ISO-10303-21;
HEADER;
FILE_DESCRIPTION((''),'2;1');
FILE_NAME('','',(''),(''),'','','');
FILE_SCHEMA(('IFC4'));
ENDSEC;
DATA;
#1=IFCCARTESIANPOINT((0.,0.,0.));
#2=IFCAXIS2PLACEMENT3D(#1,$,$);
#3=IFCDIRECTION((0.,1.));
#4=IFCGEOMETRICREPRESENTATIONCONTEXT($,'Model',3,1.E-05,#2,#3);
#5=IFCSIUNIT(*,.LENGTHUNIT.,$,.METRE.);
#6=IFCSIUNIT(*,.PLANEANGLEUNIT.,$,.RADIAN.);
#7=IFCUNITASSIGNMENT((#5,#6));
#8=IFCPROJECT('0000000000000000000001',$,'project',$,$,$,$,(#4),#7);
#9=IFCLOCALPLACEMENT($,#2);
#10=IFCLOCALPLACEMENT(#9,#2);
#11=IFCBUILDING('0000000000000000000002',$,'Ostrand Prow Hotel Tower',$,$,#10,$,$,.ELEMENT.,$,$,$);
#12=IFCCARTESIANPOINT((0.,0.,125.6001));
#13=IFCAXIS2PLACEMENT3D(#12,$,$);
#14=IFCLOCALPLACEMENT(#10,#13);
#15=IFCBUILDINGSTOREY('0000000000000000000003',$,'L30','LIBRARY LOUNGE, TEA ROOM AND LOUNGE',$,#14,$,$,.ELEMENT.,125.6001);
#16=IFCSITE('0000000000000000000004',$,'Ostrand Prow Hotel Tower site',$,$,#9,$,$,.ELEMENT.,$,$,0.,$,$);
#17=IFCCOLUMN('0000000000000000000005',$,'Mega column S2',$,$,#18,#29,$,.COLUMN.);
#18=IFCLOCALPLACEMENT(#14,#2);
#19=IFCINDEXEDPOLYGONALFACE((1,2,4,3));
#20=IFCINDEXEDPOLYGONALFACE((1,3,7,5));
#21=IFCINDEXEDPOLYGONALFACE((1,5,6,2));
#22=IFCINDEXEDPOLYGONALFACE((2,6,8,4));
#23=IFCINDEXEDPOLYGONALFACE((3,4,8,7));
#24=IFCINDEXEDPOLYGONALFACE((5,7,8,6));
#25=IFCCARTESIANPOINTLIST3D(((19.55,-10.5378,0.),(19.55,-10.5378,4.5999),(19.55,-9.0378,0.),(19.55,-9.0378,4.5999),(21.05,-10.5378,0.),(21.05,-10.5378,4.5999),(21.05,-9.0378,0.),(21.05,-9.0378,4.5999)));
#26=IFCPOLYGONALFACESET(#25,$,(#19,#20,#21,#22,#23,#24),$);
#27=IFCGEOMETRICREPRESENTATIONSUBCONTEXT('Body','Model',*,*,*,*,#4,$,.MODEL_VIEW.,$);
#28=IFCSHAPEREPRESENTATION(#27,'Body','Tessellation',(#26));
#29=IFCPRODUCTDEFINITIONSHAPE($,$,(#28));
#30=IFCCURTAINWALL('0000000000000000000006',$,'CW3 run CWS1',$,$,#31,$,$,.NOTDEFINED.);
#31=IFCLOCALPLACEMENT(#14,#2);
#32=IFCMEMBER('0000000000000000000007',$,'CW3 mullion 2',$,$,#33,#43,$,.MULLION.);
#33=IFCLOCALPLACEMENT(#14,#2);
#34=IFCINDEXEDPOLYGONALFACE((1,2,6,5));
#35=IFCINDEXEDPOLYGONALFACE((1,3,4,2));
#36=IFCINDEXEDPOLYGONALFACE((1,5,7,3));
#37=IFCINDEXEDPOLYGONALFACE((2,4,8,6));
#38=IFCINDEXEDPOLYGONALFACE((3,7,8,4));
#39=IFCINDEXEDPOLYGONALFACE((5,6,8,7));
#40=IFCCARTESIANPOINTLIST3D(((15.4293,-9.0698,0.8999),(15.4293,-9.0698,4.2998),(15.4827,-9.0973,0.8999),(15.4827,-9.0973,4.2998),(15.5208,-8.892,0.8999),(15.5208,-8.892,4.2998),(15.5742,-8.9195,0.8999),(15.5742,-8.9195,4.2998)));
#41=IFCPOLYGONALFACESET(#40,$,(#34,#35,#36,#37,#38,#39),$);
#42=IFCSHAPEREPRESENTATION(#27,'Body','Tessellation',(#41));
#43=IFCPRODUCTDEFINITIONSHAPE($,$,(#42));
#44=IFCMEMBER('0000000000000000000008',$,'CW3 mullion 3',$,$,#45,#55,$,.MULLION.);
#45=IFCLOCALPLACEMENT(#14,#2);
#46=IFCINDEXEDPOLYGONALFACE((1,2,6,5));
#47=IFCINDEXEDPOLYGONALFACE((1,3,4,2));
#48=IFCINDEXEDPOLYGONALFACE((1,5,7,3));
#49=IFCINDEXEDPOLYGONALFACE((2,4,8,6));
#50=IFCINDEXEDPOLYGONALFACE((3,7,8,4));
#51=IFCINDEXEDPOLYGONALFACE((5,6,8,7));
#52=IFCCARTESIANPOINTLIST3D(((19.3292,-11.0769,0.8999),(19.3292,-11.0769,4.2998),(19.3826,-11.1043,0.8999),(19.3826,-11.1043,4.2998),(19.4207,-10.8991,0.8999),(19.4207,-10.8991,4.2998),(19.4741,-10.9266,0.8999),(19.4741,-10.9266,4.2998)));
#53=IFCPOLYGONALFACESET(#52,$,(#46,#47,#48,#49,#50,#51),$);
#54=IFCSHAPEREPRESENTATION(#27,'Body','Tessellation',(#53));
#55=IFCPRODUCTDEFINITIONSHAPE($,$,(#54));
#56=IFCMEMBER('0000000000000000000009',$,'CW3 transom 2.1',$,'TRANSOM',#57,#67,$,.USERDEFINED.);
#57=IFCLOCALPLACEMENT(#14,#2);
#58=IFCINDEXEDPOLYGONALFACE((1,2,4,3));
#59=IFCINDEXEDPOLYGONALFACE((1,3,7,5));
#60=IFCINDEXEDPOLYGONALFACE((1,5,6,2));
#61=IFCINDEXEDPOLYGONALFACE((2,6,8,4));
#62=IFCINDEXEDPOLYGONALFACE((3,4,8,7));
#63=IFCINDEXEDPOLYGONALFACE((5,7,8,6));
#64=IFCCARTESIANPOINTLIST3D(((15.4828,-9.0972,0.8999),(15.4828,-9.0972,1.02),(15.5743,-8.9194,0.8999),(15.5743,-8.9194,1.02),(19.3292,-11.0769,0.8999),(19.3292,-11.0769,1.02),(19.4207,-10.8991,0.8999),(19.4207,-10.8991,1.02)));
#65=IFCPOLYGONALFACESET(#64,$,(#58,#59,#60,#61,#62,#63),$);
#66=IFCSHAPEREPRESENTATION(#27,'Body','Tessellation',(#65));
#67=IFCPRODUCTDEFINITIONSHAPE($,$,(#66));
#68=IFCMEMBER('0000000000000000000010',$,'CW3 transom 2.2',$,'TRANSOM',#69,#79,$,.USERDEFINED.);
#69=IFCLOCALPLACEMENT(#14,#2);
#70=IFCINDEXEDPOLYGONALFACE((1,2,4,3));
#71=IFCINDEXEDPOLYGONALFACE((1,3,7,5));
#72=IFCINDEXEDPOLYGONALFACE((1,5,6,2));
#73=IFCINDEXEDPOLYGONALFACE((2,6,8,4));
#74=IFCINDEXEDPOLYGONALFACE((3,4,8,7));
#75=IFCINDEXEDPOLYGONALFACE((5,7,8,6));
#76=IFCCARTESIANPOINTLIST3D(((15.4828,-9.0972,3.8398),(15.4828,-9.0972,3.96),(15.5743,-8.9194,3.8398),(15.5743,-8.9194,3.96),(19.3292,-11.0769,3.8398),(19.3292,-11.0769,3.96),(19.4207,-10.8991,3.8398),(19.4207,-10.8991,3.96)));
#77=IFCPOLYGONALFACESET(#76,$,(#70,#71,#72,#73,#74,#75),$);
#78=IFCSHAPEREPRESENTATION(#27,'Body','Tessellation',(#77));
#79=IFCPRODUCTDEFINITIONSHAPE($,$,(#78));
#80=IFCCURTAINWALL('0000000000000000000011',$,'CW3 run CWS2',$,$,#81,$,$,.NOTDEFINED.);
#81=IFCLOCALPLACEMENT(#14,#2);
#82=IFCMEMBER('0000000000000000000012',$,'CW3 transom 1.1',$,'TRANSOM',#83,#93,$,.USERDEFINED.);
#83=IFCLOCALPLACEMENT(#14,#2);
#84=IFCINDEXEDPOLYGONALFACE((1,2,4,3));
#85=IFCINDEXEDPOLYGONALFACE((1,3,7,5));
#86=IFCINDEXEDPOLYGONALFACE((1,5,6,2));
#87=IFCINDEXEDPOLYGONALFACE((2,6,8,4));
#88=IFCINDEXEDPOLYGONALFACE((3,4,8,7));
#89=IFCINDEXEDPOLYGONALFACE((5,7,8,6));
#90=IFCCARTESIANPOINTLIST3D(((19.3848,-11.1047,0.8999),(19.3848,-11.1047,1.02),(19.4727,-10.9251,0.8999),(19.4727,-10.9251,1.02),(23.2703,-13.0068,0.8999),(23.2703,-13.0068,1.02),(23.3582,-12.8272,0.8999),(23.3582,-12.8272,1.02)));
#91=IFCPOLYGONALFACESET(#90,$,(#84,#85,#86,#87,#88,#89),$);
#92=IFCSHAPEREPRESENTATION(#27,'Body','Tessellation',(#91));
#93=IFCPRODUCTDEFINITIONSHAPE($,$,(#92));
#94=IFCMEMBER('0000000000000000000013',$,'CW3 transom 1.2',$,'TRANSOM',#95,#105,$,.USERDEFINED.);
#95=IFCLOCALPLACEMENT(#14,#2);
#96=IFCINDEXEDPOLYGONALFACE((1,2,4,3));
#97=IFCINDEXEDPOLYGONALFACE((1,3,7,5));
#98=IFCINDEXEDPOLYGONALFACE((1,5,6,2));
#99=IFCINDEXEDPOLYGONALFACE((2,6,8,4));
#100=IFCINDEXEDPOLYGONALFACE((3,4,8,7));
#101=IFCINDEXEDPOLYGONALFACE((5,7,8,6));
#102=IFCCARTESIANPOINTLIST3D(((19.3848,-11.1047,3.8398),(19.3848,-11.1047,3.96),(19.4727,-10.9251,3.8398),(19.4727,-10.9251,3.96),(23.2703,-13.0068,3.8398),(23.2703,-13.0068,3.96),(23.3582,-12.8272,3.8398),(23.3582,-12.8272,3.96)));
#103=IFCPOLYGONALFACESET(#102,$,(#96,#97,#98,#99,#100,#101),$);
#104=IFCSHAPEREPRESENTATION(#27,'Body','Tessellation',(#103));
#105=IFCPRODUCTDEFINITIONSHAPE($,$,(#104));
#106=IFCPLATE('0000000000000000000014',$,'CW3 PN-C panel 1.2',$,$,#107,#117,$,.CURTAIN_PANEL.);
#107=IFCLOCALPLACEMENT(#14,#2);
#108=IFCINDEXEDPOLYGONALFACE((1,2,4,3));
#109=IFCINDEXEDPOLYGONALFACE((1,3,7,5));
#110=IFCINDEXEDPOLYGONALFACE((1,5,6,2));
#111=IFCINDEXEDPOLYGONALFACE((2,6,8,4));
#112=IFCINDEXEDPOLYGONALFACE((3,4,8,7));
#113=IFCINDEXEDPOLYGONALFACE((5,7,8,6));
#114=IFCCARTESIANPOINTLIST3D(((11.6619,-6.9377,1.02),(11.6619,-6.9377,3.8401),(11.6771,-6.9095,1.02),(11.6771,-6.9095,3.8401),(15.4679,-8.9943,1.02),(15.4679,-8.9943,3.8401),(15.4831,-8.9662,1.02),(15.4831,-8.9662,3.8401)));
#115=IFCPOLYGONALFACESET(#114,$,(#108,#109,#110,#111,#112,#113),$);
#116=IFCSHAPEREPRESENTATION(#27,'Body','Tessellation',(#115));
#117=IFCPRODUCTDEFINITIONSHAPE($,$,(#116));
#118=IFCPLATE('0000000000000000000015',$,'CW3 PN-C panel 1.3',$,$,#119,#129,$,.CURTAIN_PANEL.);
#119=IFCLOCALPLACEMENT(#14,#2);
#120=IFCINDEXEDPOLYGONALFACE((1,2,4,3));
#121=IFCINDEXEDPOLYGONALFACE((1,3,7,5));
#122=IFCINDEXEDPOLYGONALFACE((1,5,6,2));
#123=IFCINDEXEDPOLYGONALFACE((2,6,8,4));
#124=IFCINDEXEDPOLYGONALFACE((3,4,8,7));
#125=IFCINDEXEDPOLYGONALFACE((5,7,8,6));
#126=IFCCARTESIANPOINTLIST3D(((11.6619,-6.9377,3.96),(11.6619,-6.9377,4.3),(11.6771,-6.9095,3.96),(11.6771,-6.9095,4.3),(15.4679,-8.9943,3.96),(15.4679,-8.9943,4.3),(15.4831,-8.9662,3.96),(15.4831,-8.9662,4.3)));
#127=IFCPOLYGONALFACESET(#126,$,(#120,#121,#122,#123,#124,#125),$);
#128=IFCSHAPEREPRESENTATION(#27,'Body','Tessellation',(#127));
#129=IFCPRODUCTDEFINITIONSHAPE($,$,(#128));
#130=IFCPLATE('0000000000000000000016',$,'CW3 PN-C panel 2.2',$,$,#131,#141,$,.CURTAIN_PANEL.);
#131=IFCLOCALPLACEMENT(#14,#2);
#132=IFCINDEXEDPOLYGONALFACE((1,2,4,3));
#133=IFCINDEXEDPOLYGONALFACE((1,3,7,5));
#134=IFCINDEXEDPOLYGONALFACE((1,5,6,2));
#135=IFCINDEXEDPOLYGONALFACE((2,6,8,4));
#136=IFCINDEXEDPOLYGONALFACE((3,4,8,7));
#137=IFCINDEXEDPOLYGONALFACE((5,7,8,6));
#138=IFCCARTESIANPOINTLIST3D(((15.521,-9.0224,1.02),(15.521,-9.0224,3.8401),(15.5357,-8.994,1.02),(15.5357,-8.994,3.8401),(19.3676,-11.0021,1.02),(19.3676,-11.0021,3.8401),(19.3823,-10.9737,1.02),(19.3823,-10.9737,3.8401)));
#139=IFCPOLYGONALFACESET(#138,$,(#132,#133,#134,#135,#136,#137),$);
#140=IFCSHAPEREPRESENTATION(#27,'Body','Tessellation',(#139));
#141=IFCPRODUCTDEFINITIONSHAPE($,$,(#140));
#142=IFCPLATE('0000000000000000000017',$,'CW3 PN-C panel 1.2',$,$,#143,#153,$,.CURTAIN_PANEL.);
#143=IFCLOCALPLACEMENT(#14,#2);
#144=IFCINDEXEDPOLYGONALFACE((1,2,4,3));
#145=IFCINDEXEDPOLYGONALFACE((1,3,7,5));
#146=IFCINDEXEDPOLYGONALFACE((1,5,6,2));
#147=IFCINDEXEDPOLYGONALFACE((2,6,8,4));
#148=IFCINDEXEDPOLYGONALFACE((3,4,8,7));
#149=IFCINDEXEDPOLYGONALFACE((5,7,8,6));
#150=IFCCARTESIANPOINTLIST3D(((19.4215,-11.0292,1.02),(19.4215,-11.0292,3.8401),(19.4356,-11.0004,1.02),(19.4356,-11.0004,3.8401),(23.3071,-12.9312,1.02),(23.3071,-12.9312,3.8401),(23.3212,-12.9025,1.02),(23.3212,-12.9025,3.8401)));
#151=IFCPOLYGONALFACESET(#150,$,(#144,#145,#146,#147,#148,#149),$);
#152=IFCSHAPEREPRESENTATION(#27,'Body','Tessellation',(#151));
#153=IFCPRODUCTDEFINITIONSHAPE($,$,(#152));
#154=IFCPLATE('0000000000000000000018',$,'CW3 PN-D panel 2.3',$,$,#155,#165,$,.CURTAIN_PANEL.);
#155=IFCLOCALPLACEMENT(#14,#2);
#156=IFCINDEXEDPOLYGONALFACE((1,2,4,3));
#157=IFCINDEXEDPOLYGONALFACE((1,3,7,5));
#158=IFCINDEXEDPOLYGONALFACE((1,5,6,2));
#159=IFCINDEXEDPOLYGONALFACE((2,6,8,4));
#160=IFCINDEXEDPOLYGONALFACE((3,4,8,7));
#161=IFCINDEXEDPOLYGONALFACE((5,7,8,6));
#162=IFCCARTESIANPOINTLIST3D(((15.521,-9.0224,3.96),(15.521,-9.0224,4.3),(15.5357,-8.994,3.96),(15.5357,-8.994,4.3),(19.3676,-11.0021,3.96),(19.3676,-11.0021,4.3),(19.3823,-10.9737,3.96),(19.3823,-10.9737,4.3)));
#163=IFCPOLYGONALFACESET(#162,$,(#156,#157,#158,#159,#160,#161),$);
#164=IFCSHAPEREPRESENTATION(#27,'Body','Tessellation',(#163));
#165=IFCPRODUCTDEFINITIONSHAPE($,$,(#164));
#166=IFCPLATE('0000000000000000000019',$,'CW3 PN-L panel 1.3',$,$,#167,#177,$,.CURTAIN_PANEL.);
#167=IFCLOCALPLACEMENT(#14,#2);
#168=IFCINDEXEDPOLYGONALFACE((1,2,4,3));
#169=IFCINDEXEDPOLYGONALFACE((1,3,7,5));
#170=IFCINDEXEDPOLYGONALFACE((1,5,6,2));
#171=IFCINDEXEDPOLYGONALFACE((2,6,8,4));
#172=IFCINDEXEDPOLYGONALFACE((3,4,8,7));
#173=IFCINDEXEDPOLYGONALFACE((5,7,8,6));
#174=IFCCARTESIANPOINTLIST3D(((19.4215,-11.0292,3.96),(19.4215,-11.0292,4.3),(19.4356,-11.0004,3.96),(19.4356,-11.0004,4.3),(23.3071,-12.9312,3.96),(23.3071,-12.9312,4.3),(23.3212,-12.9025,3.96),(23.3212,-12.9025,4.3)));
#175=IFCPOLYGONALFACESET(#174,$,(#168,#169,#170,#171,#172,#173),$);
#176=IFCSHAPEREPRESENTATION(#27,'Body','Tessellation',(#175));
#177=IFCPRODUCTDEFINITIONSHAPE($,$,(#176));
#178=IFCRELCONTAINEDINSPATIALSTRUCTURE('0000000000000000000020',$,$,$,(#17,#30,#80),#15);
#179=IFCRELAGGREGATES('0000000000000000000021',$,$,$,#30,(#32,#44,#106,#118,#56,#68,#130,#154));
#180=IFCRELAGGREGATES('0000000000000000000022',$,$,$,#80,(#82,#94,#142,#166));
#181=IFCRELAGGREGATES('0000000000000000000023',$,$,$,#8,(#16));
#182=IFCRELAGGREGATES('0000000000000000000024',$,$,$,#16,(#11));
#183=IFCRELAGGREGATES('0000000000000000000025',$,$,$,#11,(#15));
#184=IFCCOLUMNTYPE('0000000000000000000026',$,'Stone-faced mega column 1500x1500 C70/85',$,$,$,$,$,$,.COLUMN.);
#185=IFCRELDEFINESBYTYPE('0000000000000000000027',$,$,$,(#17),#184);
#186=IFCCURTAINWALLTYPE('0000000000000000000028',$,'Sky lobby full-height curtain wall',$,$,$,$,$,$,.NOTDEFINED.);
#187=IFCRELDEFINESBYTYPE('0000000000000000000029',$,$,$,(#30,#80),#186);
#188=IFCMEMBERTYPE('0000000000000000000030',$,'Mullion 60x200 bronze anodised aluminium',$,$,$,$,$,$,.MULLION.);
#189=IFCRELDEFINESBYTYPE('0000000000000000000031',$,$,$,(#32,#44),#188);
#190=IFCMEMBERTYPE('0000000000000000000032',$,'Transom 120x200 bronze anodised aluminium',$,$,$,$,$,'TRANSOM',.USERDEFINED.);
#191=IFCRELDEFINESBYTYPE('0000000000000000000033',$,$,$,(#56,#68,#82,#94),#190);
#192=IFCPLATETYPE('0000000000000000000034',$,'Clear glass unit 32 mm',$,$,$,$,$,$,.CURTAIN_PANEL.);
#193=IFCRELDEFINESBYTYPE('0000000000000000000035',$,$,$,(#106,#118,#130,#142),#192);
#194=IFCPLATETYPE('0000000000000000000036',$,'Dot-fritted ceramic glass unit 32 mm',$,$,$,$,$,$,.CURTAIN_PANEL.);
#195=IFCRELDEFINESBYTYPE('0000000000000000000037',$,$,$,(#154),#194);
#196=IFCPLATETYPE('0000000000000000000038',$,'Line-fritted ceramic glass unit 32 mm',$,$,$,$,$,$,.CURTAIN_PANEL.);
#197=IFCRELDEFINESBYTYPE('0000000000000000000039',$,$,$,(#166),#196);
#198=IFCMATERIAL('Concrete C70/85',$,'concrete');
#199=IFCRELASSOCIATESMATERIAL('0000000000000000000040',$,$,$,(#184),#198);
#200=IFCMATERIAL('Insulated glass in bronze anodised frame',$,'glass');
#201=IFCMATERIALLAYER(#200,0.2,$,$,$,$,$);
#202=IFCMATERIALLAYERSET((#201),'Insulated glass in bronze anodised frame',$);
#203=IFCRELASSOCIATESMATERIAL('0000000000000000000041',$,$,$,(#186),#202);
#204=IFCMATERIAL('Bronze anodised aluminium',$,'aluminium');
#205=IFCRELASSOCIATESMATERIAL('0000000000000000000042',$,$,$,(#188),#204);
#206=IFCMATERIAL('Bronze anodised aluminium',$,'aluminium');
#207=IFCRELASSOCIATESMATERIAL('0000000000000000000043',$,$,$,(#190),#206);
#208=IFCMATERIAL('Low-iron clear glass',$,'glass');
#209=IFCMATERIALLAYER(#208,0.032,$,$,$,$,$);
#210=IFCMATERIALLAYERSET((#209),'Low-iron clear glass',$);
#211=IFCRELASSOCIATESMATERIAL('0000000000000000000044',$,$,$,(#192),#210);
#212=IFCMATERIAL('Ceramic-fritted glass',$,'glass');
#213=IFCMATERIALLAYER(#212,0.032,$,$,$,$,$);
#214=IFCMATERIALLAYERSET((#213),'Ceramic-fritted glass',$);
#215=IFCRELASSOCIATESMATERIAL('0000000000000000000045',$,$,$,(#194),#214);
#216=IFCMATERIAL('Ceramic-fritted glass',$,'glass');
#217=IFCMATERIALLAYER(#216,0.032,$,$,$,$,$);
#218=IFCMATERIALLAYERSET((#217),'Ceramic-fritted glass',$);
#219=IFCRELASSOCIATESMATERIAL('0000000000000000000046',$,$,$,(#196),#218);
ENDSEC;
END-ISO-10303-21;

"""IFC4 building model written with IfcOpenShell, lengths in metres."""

from ifc_helpers import new_model, si_unit, direction, frame, origin, origin_2d, place, context, subcontext, project, spatial, rectangle, extrude, material, layer, layer_set, material_profile, profile_set, type_object, element, aggregate, save


model = new_model("IFC4")

# Units and contexts
model_context = context("Model", 3, precision=1e-05, world=origin(), true_north=direction((0.0, 1.0)))
body_context = subcontext(model_context, "Body", "Model", "MODEL_VIEW")
ifc_project = project(units=[si_unit("LENGTHUNIT", "METRE"), si_unit("PLANEANGLEUNIT", "RADIAN")], contexts=[model_context])

# Site, building, storey
site_placement = place(None, origin())
site = spatial("IfcSite", under=ifc_project, at=site_placement, Name="Ostrand Prow Hotel Tower site", CompositionType="ELEMENT", RefElevation=0.0)
building_placement = place(site_placement, origin())
building = spatial("IfcBuilding", under=site, at=building_placement, Name="Ostrand Prow Hotel Tower", CompositionType="ELEMENT")
storey_placement = place(building_placement, frame((0.0, 0.0, 125.6001)))
storey = spatial("IfcBuildingStorey", under=building, at=storey_placement, Name="L30", Description="LIBRARY LOUNGE, TEA ROOM AND LOUNGE", CompositionType="ELEMENT", Elevation=125.6001)

# Column
ifc_material_1 = material(Name="Concrete C70/85", Category="concrete")
ifc_material_profile_1 = material_profile(ifc_material_1, rectangle(XDim=1.5, YDim=1.5, at=origin_2d()), Name="RC 1500x1500")
ifc_profile_set_1 = profile_set([ifc_material_profile_1], Name="Concrete C70/85")
column_type = type_object("IfcColumnType", Name="Stone-faced mega column 1500x1500 C70/85", PredefinedType="COLUMN", material=ifc_profile_set_1)
column_placement = place(storey_placement, frame((20.3, -9.7878, 0.0), z_axis=(0.0, 0.0, 1.0), x_axis=(1.0, 0.0, 0.0)))
element("IfcColumn", 1, at=column_placement, inside=storey, type_object=column_type, Name="Mega column S2", PredefinedType="COLUMN", context=body_context, shape_type="SweptSolid", body=[
    extrude(rectangle(XDim=1.5, YDim=1.5, at=origin_2d()), origin(), (0.0, 0.0, 1.0), 4.5999),
])

# Curtain walls, members
ifc_material_2 = material(Name="Insulated glass in bronze anodised frame", Category="glass")
ifc_layer_1 = layer(ifc_material_2, 0.2)
ifc_layer_set_1 = layer_set([ifc_layer_1], Name="Insulated glass in bronze anodised frame")
curtain_wall_type = type_object("IfcCurtainWallType", Name="Sky lobby full-height curtain wall", PredefinedType="NOTDEFINED", material=ifc_layer_set_1)
curtain_wall_1_placement = place(storey_placement, origin())
curtain_wall_1 = element("IfcCurtainWall", 2, at=curtain_wall_1_placement, inside=storey, type_object=curtain_wall_type, Name="CW3 run CWS1", PredefinedType="NOTDEFINED")
ifc_material_3 = material(Name="Bronze anodised aluminium", Category="aluminium")
ifc_material_profile_2 = material_profile(ifc_material_3, rectangle(XDim=0.2, YDim=0.0601, at=origin_2d()), Name="Mullion 60x200 bronze anodised aluminium")
ifc_profile_set_2 = profile_set([ifc_material_profile_2], Name="Bronze anodised aluminium")
member_type_1 = type_object("IfcMemberType", Name="Mullion 60x200 bronze anodised aluminium", PredefinedType="MULLION", material=ifc_profile_set_2)
member_1_placement = place(storey_placement, frame((15.5017, -8.9946, 0.8999), z_axis=(0.0, 0.0, 1.0), x_axis=(0.457619, 0.889148, 0.0)))
member_1 = element("IfcMember", 3, at=member_1_placement, type_object=member_type_1, Name="CW3 mullion 2", PredefinedType="MULLION", context=body_context, shape_type="SweptSolid", body=[
    extrude(rectangle(XDim=0.2, YDim=0.0601, at=origin_2d()), origin(), (0.0, 0.0, 1.0), 3.3999),
])
member_2_placement = place(storey_placement, frame((19.4016, -11.0017, 0.8999), z_axis=(0.0, 0.0, 1.0), x_axis=(0.457619, 0.889148, 0.0)))
member_2 = element("IfcMember", 4, at=member_2_placement, type_object=member_type_1, Name="CW3 mullion 3", PredefinedType="MULLION", context=body_context, shape_type="SweptSolid", body=[
    extrude(rectangle(XDim=0.2, YDim=0.0601, at=origin_2d()), origin(), (0.0, 0.0, 1.0), 3.3999),
])
ifc_material_4 = material(Name="Bronze anodised aluminium", Category="aluminium")
ifc_material_profile_3 = material_profile(ifc_material_4, rectangle(XDim=0.2, YDim=0.1201, at=origin_2d()), Name="Transom 120x200 bronze anodised aluminium")
ifc_profile_set_3 = profile_set([ifc_material_profile_3], Name="Bronze anodised aluminium")
member_type_2 = type_object("IfcMemberType", Name="Transom 120x200 bronze anodised aluminium", ElementType="TRANSOM", PredefinedType="USERDEFINED", material=ifc_profile_set_3)
member_3_placement = place(storey_placement, frame((15.5286, -9.0083, 0.96), z_axis=(0.88914, -0.457635, 0.0), x_axis=(0.457635, 0.88914, 0.0)))
member_3 = element("IfcMember", 5, at=member_3_placement, type_object=member_type_2, Name="CW3 transom 2.1", ObjectType="TRANSOM", PredefinedType="USERDEFINED", context=body_context, shape_type="SweptSolid", body=[
    extrude(rectangle(XDim=0.2, YDim=0.1201, at=origin_2d()), origin(), (0.0, 0.0, 1.0), 4.3259),
])
member_4_placement = place(storey_placement, frame((15.5286, -9.0083, 3.8999), z_axis=(0.88914, -0.457635, 0.0), x_axis=(0.457635, 0.88914, 0.0)))
member_4 = element("IfcMember", 6, at=member_4_placement, type_object=member_type_2, Name="CW3 transom 2.2", ObjectType="TRANSOM", PredefinedType="USERDEFINED", context=body_context, shape_type="SweptSolid", body=[
    extrude(rectangle(XDim=0.2, YDim=0.1201, at=origin_2d()), origin(), (0.0, 0.0, 1.0), 4.3259),
])
curtain_wall_2_placement = place(storey_placement, origin())
curtain_wall_2 = element("IfcCurtainWall", 7, at=curtain_wall_2_placement, inside=storey, type_object=curtain_wall_type, Name="CW3 run CWS2", PredefinedType="NOTDEFINED")
member_5_placement = place(storey_placement, frame((19.4287, -11.0149, 0.96), z_axis=(0.898154, -0.439681, 0.0), x_axis=(0.439681, 0.898154, 0.0)))
member_5 = element("IfcMember", 8, at=member_5_placement, type_object=member_type_2, Name="CW3 transom 1.1", ObjectType="TRANSOM", PredefinedType="USERDEFINED", context=body_context, shape_type="SweptSolid", body=[
    extrude(rectangle(XDim=0.2, YDim=0.1201, at=origin_2d()), origin(), (0.0, 0.0, 1.0), 4.3262),
])
member_6_placement = place(storey_placement, frame((19.4287, -11.0149, 3.8999), z_axis=(0.898154, -0.439681, 0.0), x_axis=(0.439681, 0.898154, 0.0)))
member_6 = element("IfcMember", 9, at=member_6_placement, type_object=member_type_2, Name="CW3 transom 1.2", ObjectType="TRANSOM", PredefinedType="USERDEFINED", context=body_context, shape_type="SweptSolid", body=[
    extrude(rectangle(XDim=0.2, YDim=0.1201, at=origin_2d()), origin(), (0.0, 0.0, 1.0), 4.3262),
])

# Plates
ifc_material_5 = material(Name="Low-iron clear glass", Category="glass")
ifc_layer_2 = layer(ifc_material_5, 0.032)
ifc_layer_set_2 = layer_set([ifc_layer_2], Name="Low-iron clear glass")
plate_type_1 = type_object("IfcPlateType", Name="Clear glass unit 32 mm", PredefinedType="CURTAIN_PANEL", material=ifc_layer_set_2)
plate_1_placement = place(storey_placement, frame((13.5725, -7.9519, 1.02), z_axis=(0.0, 0.0, 1.0), x_axis=(0.879773, -0.475394, 0.0)))
plate_1 = element("IfcPlate", 10, at=plate_1_placement, type_object=plate_type_1, Name="CW3 PN-C panel 1.2", PredefinedType="CURTAIN_PANEL", context=body_context, shape_type="SweptSolid", body=[
    extrude(rectangle(XDim=4.3262, YDim=0.032, at=origin_2d()), origin(), (0.0, 0.0, 1.0), 2.8201),
])
plate_2_placement = place(storey_placement, frame((13.5725, -7.9519, 3.96), z_axis=(0.0, 0.0, 1.0), x_axis=(0.879773, -0.475394, 0.0)))
plate_2 = element("IfcPlate", 11, at=plate_2_placement, type_object=plate_type_1, Name="CW3 PN-C panel 1.3", PredefinedType="CURTAIN_PANEL", context=body_context, shape_type="SweptSolid", body=[
    extrude(rectangle(XDim=4.3262, YDim=0.032, at=origin_2d()), origin(), (0.0, 0.0, 1.0), 0.3401),
])
plate_3_placement = place(storey_placement, frame((17.4517, -9.998, 1.02), z_axis=(0.0, 0.0, 1.0), x_axis=(0.889148, -0.457619, 0.0)))
plate_3 = element("IfcPlate", 12, at=plate_3_placement, type_object=plate_type_1, Name="CW3 PN-C panel 2.2", PredefinedType="CURTAIN_PANEL", context=body_context, shape_type="SweptSolid", body=[
    extrude(rectangle(XDim=4.3262, YDim=0.032, at=origin_2d()), origin(), (0.0, 0.0, 1.0), 2.8201),
])
plate_4_placement = place(storey_placement, frame((21.3713, -11.9658, 1.02), z_axis=(0.0, 0.0, 1.0), x_axis=(0.898165, -0.439659, 0.0)))
plate_4 = element("IfcPlate", 13, at=plate_4_placement, type_object=plate_type_1, Name="CW3 PN-C panel 1.2", PredefinedType="CURTAIN_PANEL", context=body_context, shape_type="SweptSolid", body=[
    extrude(rectangle(XDim=4.3262, YDim=0.032, at=origin_2d()), origin(), (0.0, 0.0, 1.0), 2.8201),
])
ifc_material_6 = material(Name="Ceramic-fritted glass", Category="glass")
ifc_layer_3 = layer(ifc_material_6, 0.032)
ifc_layer_set_3 = layer_set([ifc_layer_3], Name="Ceramic-fritted glass")
plate_type_2 = type_object("IfcPlateType", Name="Dot-fritted ceramic glass unit 32 mm", PredefinedType="CURTAIN_PANEL", material=ifc_layer_set_3)
plate_5_placement = place(storey_placement, frame((17.4517, -9.998, 3.96), z_axis=(0.0, 0.0, 1.0), x_axis=(0.889148, -0.457619, 0.0)))
plate_5 = element("IfcPlate", 14, at=plate_5_placement, type_object=plate_type_2, Name="CW3 PN-D panel 2.3", PredefinedType="CURTAIN_PANEL", context=body_context, shape_type="SweptSolid", body=[
    extrude(rectangle(XDim=4.3262, YDim=0.032, at=origin_2d()), origin(), (0.0, 0.0, 1.0), 0.3401),
])
aggregate(curtain_wall_1, [member_1, member_2, plate_1, plate_2, member_3, member_4, plate_3, plate_5])
ifc_material_7 = material(Name="Ceramic-fritted glass", Category="glass")
ifc_layer_4 = layer(ifc_material_7, 0.032)
ifc_layer_set_4 = layer_set([ifc_layer_4], Name="Ceramic-fritted glass")
plate_type_3 = type_object("IfcPlateType", Name="Line-fritted ceramic glass unit 32 mm", PredefinedType="CURTAIN_PANEL", material=ifc_layer_set_4)
plate_6_placement = place(storey_placement, frame((21.3713, -11.9658, 3.96), z_axis=(0.0, 0.0, 1.0), x_axis=(0.898165, -0.439659, 0.0)))
plate_6 = element("IfcPlate", 15, at=plate_6_placement, type_object=plate_type_3, Name="CW3 PN-L panel 1.3", PredefinedType="CURTAIN_PANEL", context=body_context, shape_type="SweptSolid", body=[
    extrude(rectangle(XDim=4.3262, YDim=0.032, at=origin_2d()), origin(), (0.0, 0.0, 1.0), 0.3401),
])
aggregate(curtain_wall_2, [member_5, member_6, plate_4, plate_6])

save(model, "model.ifc")
